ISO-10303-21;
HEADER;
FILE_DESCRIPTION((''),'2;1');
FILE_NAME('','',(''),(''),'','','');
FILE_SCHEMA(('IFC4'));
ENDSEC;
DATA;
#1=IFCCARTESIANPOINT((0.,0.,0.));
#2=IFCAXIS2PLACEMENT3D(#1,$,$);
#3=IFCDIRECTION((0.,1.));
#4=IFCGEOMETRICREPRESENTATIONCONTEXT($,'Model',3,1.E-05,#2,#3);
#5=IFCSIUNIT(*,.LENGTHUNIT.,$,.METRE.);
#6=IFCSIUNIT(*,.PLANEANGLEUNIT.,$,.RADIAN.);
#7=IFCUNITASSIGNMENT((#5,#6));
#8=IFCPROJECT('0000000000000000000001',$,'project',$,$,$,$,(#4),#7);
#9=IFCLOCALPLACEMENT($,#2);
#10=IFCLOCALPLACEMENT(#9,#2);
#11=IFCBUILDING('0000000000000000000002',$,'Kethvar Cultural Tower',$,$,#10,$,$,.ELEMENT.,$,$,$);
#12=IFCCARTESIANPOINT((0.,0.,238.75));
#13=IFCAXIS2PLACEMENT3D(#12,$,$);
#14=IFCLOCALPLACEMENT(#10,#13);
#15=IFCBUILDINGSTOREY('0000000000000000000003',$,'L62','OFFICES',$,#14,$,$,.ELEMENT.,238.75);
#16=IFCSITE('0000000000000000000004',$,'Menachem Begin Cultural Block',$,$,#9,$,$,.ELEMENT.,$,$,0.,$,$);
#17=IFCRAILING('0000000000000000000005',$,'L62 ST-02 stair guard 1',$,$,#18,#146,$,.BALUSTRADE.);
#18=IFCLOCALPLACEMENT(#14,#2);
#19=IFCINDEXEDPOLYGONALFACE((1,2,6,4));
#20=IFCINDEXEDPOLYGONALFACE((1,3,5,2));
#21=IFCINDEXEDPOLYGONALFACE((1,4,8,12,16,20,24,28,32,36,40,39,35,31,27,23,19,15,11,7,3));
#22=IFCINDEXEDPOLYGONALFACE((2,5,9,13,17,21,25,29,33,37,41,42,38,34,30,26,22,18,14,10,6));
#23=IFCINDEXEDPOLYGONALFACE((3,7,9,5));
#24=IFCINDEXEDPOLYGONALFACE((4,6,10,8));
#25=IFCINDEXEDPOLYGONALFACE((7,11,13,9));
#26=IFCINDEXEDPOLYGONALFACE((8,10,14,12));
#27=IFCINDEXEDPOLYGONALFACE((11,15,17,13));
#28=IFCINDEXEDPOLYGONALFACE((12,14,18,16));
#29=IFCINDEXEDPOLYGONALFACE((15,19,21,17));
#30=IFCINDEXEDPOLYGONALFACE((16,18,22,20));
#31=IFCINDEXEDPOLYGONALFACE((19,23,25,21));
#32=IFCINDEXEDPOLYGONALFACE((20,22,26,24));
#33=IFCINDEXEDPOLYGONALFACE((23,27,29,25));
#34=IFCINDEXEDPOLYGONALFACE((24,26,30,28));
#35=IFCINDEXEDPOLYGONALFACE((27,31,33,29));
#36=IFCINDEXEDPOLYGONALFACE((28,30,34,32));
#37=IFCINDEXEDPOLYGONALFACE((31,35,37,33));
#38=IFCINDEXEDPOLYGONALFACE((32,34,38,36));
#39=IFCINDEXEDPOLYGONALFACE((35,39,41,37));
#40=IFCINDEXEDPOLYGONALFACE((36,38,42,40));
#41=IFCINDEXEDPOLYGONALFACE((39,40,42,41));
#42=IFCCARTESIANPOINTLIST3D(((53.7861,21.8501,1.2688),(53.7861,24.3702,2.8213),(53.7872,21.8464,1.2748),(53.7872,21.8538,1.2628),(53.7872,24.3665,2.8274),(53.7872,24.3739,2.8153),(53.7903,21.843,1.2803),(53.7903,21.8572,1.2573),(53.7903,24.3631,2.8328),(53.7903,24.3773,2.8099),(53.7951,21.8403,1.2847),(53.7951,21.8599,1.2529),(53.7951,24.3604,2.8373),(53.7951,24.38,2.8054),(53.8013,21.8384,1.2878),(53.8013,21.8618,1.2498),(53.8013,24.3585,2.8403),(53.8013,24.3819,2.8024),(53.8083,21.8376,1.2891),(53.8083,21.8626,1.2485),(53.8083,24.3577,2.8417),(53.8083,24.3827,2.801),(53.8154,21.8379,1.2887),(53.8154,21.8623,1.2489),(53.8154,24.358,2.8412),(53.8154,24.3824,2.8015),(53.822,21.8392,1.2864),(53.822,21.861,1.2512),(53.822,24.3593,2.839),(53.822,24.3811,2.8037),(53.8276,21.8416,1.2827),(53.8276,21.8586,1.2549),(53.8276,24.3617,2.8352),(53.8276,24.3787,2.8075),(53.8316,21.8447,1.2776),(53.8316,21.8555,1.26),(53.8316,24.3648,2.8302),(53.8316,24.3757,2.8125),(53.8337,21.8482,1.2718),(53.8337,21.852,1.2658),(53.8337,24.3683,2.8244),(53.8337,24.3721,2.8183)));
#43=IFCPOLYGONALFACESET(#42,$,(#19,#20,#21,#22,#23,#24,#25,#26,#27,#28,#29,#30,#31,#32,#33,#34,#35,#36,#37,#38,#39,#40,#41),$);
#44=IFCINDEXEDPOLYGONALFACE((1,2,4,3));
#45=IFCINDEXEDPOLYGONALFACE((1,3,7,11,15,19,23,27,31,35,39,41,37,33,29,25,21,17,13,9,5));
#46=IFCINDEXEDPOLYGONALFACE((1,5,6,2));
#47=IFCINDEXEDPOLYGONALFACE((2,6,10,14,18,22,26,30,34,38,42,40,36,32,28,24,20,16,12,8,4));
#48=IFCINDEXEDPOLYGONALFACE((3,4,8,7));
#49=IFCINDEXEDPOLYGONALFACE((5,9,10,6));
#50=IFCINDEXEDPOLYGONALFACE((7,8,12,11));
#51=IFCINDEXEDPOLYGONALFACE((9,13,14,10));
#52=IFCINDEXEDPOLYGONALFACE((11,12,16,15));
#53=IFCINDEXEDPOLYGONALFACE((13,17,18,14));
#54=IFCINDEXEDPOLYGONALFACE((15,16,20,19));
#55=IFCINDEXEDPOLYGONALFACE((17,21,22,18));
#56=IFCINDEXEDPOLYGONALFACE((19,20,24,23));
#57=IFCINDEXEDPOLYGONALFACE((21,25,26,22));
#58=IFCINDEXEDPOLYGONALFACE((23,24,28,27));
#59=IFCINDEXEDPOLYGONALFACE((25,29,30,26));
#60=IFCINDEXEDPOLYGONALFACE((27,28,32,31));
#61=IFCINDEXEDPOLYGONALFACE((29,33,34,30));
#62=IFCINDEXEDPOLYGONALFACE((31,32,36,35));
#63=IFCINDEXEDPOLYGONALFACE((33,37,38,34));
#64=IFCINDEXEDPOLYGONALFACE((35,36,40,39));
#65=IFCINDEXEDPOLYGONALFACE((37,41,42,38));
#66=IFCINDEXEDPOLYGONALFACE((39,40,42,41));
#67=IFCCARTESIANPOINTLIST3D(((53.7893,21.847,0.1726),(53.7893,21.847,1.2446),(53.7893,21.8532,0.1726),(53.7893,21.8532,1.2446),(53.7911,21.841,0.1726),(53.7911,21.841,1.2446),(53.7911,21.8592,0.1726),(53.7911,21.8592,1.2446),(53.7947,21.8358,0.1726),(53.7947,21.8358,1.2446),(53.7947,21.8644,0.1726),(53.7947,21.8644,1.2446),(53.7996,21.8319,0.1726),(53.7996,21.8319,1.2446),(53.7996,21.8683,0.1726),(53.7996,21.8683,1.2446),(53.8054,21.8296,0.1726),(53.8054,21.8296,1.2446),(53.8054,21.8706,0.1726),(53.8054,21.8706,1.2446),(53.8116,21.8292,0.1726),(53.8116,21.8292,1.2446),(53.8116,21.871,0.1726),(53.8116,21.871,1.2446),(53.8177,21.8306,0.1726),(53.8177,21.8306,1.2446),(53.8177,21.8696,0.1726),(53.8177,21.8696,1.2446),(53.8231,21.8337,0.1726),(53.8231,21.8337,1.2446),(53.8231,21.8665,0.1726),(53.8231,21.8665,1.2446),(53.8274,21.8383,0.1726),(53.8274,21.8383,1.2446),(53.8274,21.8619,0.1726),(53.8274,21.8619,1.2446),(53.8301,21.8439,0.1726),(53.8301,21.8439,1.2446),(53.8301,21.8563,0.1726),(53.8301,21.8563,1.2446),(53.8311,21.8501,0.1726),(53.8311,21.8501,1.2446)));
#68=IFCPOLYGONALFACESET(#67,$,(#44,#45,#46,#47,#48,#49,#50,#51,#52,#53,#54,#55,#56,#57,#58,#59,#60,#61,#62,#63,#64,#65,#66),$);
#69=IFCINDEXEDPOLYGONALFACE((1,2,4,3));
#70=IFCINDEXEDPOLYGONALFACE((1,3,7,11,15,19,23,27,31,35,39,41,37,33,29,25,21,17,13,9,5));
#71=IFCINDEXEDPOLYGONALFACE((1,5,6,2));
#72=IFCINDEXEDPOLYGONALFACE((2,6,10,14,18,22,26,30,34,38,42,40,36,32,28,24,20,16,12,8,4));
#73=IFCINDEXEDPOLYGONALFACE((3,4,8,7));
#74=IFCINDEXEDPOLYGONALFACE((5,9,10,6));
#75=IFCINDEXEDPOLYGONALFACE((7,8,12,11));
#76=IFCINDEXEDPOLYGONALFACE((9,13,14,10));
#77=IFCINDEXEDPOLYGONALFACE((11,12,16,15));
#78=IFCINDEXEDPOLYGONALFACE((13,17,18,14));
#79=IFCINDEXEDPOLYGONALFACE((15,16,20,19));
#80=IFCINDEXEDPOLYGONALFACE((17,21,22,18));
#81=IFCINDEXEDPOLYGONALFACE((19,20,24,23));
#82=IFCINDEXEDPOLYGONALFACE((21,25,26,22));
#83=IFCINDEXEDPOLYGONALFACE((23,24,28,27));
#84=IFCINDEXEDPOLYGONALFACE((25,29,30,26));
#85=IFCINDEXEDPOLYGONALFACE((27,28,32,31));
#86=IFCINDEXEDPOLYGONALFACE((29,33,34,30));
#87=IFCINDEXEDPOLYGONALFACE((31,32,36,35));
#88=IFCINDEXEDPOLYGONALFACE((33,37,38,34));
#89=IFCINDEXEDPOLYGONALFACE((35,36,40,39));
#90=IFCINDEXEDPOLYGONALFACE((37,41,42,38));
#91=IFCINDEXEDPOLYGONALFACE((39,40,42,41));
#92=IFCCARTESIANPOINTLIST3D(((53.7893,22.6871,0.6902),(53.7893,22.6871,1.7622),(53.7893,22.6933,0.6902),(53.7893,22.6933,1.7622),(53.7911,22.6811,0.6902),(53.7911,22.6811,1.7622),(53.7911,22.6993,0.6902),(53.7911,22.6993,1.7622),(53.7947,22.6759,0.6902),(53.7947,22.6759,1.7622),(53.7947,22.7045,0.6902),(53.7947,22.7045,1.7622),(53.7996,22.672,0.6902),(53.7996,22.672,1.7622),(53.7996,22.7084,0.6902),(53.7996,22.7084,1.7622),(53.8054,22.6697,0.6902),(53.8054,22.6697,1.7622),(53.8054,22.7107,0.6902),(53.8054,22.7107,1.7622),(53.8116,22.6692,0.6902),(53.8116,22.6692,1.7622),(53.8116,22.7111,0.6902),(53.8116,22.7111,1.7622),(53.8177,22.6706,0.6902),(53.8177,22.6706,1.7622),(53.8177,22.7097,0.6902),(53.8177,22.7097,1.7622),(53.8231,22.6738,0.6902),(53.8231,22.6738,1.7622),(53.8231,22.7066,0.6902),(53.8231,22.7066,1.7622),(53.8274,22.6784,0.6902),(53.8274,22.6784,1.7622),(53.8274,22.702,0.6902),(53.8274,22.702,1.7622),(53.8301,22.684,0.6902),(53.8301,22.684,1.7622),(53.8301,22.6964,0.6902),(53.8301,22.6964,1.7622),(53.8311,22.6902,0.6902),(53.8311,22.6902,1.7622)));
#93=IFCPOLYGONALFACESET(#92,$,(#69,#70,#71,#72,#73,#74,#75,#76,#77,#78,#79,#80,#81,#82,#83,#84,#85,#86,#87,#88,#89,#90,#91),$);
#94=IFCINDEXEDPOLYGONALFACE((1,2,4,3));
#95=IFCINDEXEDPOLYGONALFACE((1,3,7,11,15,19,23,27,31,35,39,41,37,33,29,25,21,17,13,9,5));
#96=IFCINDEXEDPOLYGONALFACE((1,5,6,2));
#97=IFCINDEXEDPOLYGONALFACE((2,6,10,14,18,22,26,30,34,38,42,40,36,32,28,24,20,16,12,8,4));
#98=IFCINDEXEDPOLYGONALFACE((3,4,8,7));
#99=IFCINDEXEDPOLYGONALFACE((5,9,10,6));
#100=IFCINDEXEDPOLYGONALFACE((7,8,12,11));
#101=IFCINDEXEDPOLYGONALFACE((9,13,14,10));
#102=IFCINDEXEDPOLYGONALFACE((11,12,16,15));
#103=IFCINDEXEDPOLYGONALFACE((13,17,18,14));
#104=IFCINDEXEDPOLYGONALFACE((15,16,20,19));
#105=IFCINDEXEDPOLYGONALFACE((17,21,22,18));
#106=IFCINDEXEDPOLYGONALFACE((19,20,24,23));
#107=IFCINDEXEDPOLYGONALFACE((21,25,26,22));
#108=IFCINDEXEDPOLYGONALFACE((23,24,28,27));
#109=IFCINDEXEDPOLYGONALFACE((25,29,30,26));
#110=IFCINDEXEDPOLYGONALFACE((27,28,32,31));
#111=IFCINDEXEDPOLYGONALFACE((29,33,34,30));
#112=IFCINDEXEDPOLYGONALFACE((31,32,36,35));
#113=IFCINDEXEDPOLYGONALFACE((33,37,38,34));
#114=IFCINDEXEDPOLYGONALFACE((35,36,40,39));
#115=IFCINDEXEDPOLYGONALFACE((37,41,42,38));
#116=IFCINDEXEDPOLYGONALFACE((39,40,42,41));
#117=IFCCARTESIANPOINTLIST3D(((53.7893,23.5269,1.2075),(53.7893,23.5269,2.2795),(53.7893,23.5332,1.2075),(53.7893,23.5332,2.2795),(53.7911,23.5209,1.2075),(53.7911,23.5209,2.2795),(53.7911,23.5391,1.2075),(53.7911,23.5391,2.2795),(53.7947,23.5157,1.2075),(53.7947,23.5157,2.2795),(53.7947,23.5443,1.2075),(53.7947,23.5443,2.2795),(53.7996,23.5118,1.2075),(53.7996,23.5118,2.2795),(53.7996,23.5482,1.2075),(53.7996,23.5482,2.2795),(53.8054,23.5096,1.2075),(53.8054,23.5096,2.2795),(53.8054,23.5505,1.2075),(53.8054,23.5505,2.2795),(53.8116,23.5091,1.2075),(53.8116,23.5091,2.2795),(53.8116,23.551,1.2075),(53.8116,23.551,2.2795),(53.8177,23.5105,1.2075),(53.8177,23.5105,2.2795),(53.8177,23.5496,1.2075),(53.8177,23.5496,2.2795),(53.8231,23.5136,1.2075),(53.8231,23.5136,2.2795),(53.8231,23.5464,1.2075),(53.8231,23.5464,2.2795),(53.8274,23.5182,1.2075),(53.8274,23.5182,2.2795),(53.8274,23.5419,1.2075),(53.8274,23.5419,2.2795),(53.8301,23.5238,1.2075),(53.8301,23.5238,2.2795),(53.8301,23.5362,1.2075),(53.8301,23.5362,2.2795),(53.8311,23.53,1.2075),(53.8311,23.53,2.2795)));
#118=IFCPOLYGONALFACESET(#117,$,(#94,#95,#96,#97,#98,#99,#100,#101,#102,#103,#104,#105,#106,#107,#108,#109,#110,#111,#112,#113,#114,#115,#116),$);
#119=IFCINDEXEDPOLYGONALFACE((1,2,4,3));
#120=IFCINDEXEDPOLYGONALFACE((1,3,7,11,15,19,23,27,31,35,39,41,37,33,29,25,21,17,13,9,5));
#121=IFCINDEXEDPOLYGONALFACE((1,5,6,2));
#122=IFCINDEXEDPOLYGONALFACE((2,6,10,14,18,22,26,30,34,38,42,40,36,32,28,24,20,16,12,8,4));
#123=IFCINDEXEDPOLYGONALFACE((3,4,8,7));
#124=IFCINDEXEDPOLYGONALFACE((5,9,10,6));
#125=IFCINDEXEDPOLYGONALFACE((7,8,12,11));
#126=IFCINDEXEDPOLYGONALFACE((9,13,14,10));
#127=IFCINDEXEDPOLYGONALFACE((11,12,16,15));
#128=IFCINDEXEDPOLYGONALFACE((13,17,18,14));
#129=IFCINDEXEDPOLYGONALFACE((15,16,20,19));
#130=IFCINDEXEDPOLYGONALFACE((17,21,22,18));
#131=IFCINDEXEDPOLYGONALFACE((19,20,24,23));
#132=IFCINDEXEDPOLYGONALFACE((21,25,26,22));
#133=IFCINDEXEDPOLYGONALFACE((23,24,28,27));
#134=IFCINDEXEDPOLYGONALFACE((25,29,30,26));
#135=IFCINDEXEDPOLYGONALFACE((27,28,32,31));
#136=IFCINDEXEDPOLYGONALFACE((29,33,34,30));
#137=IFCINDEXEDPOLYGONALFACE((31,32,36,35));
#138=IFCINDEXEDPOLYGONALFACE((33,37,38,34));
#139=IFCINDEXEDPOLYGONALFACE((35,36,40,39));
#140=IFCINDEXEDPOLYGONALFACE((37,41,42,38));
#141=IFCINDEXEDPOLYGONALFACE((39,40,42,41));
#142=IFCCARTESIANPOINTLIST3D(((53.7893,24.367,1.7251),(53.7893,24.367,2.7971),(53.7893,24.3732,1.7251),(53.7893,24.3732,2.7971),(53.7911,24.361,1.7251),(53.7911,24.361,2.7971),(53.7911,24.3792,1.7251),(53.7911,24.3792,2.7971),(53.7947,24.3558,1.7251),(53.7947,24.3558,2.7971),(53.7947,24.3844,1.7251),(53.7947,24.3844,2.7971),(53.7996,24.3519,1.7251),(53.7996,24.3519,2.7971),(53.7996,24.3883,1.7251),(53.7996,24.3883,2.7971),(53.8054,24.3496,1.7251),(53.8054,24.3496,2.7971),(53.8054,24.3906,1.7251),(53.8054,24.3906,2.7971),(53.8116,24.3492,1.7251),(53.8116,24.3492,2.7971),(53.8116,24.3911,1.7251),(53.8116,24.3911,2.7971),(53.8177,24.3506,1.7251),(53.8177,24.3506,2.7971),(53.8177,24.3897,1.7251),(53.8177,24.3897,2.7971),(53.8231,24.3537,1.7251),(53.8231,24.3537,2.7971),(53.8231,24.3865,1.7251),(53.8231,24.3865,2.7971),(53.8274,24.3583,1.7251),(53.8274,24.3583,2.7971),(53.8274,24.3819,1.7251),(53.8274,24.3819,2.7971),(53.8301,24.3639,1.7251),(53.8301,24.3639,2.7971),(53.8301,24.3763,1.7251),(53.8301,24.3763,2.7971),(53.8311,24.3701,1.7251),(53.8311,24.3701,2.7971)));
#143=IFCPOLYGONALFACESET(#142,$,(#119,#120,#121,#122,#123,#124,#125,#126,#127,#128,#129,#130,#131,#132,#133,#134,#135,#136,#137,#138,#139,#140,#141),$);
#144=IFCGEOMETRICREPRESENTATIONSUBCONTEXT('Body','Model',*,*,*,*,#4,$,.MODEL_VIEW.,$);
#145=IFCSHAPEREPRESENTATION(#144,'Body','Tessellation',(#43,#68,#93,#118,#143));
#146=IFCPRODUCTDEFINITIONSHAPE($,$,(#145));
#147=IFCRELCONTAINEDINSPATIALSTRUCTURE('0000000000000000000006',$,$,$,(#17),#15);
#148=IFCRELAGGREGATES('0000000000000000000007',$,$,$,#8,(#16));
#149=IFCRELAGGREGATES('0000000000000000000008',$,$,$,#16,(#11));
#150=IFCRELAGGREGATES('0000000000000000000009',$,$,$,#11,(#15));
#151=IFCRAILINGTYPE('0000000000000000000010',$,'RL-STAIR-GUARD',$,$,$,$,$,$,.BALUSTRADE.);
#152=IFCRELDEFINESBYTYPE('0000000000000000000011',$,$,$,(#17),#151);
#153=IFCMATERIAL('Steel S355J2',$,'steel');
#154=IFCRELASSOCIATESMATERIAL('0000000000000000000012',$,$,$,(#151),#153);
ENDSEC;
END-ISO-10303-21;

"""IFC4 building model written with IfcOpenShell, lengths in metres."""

from ifc_helpers import new_model, si_unit, direction, frame, origin, origin_2d, place, context, subcontext, project, spatial, circle, extrude, material, type_object, element, save


model = new_model("IFC4")

# Units and contexts
model_context = context("Model", 3, precision=1e-05, world=origin(), true_north=direction((0.0, 1.0)))
body_context = subcontext(model_context, "Body", "Model", "MODEL_VIEW")
ifc_project = project(units=[si_unit("LENGTHUNIT", "METRE"), si_unit("PLANEANGLEUNIT", "RADIAN")], contexts=[model_context])

# Site, building, storey
site_placement = place(None, origin())
site = spatial("IfcSite", under=ifc_project, at=site_placement, Name="Menachem Begin Cultural Block", CompositionType="ELEMENT", RefElevation=0.0)
building_placement = place(site_placement, origin())
building = spatial("IfcBuilding", under=site, at=building_placement, Name="Kethvar Cultural Tower", CompositionType="ELEMENT")
storey_placement = place(building_placement, frame((0.0, 0.0, 238.75)))
storey = spatial("IfcBuildingStorey", under=building, at=storey_placement, Name="L62", Description="OFFICES", CompositionType="ELEMENT", Elevation=238.75)

# Shared definitions
ifc_material_1 = material(Name="Steel S355J2", Category="steel")

# Railing
railing_type_1 = type_object("IfcRailingType", Name="RL-STAIR-GUARD", PredefinedType="BALUSTRADE", material=ifc_material_1)
railing_1_placement = place(storey_placement, frame((53.8101, 21.8501, 0.1726)))
element("IfcRailing", 1, at=railing_1_placement, inside=storey, type_object=railing_type_1, Name="L62 ST-02 stair guard 1", PredefinedType="BALUSTRADE", context=body_context, shape_type="SweptSolid", body=[
    extrude(circle(Radius=0.0239, at=origin_2d()), frame((0.0, 0.0, 1.0962), z_axis=(0.0, 0.8514, 0.524516), x_axis=(-1.0, 0.0, 0.0)), (0.0, 0.0, 1.0), 2.96),
    extrude(circle(Radius=0.021, at=origin_2d()), origin(), (0.0, 0.0, 1.0), 1.072),
    extrude(circle(Radius=0.021, at=origin_2d()), frame((0.0, 0.8401, 0.5176)), (0.0, 0.0, 1.0), 1.072),
    extrude(circle(Radius=0.021, at=origin_2d()), frame((0.0, 1.6799, 1.0349)), (0.0, 0.0, 1.0), 1.072),
    extrude(circle(Radius=0.021, at=origin_2d()), frame((0.0, 2.52, 1.5525)), (0.0, 0.0, 1.0), 1.072),
])

save(model, "model.ifc")
